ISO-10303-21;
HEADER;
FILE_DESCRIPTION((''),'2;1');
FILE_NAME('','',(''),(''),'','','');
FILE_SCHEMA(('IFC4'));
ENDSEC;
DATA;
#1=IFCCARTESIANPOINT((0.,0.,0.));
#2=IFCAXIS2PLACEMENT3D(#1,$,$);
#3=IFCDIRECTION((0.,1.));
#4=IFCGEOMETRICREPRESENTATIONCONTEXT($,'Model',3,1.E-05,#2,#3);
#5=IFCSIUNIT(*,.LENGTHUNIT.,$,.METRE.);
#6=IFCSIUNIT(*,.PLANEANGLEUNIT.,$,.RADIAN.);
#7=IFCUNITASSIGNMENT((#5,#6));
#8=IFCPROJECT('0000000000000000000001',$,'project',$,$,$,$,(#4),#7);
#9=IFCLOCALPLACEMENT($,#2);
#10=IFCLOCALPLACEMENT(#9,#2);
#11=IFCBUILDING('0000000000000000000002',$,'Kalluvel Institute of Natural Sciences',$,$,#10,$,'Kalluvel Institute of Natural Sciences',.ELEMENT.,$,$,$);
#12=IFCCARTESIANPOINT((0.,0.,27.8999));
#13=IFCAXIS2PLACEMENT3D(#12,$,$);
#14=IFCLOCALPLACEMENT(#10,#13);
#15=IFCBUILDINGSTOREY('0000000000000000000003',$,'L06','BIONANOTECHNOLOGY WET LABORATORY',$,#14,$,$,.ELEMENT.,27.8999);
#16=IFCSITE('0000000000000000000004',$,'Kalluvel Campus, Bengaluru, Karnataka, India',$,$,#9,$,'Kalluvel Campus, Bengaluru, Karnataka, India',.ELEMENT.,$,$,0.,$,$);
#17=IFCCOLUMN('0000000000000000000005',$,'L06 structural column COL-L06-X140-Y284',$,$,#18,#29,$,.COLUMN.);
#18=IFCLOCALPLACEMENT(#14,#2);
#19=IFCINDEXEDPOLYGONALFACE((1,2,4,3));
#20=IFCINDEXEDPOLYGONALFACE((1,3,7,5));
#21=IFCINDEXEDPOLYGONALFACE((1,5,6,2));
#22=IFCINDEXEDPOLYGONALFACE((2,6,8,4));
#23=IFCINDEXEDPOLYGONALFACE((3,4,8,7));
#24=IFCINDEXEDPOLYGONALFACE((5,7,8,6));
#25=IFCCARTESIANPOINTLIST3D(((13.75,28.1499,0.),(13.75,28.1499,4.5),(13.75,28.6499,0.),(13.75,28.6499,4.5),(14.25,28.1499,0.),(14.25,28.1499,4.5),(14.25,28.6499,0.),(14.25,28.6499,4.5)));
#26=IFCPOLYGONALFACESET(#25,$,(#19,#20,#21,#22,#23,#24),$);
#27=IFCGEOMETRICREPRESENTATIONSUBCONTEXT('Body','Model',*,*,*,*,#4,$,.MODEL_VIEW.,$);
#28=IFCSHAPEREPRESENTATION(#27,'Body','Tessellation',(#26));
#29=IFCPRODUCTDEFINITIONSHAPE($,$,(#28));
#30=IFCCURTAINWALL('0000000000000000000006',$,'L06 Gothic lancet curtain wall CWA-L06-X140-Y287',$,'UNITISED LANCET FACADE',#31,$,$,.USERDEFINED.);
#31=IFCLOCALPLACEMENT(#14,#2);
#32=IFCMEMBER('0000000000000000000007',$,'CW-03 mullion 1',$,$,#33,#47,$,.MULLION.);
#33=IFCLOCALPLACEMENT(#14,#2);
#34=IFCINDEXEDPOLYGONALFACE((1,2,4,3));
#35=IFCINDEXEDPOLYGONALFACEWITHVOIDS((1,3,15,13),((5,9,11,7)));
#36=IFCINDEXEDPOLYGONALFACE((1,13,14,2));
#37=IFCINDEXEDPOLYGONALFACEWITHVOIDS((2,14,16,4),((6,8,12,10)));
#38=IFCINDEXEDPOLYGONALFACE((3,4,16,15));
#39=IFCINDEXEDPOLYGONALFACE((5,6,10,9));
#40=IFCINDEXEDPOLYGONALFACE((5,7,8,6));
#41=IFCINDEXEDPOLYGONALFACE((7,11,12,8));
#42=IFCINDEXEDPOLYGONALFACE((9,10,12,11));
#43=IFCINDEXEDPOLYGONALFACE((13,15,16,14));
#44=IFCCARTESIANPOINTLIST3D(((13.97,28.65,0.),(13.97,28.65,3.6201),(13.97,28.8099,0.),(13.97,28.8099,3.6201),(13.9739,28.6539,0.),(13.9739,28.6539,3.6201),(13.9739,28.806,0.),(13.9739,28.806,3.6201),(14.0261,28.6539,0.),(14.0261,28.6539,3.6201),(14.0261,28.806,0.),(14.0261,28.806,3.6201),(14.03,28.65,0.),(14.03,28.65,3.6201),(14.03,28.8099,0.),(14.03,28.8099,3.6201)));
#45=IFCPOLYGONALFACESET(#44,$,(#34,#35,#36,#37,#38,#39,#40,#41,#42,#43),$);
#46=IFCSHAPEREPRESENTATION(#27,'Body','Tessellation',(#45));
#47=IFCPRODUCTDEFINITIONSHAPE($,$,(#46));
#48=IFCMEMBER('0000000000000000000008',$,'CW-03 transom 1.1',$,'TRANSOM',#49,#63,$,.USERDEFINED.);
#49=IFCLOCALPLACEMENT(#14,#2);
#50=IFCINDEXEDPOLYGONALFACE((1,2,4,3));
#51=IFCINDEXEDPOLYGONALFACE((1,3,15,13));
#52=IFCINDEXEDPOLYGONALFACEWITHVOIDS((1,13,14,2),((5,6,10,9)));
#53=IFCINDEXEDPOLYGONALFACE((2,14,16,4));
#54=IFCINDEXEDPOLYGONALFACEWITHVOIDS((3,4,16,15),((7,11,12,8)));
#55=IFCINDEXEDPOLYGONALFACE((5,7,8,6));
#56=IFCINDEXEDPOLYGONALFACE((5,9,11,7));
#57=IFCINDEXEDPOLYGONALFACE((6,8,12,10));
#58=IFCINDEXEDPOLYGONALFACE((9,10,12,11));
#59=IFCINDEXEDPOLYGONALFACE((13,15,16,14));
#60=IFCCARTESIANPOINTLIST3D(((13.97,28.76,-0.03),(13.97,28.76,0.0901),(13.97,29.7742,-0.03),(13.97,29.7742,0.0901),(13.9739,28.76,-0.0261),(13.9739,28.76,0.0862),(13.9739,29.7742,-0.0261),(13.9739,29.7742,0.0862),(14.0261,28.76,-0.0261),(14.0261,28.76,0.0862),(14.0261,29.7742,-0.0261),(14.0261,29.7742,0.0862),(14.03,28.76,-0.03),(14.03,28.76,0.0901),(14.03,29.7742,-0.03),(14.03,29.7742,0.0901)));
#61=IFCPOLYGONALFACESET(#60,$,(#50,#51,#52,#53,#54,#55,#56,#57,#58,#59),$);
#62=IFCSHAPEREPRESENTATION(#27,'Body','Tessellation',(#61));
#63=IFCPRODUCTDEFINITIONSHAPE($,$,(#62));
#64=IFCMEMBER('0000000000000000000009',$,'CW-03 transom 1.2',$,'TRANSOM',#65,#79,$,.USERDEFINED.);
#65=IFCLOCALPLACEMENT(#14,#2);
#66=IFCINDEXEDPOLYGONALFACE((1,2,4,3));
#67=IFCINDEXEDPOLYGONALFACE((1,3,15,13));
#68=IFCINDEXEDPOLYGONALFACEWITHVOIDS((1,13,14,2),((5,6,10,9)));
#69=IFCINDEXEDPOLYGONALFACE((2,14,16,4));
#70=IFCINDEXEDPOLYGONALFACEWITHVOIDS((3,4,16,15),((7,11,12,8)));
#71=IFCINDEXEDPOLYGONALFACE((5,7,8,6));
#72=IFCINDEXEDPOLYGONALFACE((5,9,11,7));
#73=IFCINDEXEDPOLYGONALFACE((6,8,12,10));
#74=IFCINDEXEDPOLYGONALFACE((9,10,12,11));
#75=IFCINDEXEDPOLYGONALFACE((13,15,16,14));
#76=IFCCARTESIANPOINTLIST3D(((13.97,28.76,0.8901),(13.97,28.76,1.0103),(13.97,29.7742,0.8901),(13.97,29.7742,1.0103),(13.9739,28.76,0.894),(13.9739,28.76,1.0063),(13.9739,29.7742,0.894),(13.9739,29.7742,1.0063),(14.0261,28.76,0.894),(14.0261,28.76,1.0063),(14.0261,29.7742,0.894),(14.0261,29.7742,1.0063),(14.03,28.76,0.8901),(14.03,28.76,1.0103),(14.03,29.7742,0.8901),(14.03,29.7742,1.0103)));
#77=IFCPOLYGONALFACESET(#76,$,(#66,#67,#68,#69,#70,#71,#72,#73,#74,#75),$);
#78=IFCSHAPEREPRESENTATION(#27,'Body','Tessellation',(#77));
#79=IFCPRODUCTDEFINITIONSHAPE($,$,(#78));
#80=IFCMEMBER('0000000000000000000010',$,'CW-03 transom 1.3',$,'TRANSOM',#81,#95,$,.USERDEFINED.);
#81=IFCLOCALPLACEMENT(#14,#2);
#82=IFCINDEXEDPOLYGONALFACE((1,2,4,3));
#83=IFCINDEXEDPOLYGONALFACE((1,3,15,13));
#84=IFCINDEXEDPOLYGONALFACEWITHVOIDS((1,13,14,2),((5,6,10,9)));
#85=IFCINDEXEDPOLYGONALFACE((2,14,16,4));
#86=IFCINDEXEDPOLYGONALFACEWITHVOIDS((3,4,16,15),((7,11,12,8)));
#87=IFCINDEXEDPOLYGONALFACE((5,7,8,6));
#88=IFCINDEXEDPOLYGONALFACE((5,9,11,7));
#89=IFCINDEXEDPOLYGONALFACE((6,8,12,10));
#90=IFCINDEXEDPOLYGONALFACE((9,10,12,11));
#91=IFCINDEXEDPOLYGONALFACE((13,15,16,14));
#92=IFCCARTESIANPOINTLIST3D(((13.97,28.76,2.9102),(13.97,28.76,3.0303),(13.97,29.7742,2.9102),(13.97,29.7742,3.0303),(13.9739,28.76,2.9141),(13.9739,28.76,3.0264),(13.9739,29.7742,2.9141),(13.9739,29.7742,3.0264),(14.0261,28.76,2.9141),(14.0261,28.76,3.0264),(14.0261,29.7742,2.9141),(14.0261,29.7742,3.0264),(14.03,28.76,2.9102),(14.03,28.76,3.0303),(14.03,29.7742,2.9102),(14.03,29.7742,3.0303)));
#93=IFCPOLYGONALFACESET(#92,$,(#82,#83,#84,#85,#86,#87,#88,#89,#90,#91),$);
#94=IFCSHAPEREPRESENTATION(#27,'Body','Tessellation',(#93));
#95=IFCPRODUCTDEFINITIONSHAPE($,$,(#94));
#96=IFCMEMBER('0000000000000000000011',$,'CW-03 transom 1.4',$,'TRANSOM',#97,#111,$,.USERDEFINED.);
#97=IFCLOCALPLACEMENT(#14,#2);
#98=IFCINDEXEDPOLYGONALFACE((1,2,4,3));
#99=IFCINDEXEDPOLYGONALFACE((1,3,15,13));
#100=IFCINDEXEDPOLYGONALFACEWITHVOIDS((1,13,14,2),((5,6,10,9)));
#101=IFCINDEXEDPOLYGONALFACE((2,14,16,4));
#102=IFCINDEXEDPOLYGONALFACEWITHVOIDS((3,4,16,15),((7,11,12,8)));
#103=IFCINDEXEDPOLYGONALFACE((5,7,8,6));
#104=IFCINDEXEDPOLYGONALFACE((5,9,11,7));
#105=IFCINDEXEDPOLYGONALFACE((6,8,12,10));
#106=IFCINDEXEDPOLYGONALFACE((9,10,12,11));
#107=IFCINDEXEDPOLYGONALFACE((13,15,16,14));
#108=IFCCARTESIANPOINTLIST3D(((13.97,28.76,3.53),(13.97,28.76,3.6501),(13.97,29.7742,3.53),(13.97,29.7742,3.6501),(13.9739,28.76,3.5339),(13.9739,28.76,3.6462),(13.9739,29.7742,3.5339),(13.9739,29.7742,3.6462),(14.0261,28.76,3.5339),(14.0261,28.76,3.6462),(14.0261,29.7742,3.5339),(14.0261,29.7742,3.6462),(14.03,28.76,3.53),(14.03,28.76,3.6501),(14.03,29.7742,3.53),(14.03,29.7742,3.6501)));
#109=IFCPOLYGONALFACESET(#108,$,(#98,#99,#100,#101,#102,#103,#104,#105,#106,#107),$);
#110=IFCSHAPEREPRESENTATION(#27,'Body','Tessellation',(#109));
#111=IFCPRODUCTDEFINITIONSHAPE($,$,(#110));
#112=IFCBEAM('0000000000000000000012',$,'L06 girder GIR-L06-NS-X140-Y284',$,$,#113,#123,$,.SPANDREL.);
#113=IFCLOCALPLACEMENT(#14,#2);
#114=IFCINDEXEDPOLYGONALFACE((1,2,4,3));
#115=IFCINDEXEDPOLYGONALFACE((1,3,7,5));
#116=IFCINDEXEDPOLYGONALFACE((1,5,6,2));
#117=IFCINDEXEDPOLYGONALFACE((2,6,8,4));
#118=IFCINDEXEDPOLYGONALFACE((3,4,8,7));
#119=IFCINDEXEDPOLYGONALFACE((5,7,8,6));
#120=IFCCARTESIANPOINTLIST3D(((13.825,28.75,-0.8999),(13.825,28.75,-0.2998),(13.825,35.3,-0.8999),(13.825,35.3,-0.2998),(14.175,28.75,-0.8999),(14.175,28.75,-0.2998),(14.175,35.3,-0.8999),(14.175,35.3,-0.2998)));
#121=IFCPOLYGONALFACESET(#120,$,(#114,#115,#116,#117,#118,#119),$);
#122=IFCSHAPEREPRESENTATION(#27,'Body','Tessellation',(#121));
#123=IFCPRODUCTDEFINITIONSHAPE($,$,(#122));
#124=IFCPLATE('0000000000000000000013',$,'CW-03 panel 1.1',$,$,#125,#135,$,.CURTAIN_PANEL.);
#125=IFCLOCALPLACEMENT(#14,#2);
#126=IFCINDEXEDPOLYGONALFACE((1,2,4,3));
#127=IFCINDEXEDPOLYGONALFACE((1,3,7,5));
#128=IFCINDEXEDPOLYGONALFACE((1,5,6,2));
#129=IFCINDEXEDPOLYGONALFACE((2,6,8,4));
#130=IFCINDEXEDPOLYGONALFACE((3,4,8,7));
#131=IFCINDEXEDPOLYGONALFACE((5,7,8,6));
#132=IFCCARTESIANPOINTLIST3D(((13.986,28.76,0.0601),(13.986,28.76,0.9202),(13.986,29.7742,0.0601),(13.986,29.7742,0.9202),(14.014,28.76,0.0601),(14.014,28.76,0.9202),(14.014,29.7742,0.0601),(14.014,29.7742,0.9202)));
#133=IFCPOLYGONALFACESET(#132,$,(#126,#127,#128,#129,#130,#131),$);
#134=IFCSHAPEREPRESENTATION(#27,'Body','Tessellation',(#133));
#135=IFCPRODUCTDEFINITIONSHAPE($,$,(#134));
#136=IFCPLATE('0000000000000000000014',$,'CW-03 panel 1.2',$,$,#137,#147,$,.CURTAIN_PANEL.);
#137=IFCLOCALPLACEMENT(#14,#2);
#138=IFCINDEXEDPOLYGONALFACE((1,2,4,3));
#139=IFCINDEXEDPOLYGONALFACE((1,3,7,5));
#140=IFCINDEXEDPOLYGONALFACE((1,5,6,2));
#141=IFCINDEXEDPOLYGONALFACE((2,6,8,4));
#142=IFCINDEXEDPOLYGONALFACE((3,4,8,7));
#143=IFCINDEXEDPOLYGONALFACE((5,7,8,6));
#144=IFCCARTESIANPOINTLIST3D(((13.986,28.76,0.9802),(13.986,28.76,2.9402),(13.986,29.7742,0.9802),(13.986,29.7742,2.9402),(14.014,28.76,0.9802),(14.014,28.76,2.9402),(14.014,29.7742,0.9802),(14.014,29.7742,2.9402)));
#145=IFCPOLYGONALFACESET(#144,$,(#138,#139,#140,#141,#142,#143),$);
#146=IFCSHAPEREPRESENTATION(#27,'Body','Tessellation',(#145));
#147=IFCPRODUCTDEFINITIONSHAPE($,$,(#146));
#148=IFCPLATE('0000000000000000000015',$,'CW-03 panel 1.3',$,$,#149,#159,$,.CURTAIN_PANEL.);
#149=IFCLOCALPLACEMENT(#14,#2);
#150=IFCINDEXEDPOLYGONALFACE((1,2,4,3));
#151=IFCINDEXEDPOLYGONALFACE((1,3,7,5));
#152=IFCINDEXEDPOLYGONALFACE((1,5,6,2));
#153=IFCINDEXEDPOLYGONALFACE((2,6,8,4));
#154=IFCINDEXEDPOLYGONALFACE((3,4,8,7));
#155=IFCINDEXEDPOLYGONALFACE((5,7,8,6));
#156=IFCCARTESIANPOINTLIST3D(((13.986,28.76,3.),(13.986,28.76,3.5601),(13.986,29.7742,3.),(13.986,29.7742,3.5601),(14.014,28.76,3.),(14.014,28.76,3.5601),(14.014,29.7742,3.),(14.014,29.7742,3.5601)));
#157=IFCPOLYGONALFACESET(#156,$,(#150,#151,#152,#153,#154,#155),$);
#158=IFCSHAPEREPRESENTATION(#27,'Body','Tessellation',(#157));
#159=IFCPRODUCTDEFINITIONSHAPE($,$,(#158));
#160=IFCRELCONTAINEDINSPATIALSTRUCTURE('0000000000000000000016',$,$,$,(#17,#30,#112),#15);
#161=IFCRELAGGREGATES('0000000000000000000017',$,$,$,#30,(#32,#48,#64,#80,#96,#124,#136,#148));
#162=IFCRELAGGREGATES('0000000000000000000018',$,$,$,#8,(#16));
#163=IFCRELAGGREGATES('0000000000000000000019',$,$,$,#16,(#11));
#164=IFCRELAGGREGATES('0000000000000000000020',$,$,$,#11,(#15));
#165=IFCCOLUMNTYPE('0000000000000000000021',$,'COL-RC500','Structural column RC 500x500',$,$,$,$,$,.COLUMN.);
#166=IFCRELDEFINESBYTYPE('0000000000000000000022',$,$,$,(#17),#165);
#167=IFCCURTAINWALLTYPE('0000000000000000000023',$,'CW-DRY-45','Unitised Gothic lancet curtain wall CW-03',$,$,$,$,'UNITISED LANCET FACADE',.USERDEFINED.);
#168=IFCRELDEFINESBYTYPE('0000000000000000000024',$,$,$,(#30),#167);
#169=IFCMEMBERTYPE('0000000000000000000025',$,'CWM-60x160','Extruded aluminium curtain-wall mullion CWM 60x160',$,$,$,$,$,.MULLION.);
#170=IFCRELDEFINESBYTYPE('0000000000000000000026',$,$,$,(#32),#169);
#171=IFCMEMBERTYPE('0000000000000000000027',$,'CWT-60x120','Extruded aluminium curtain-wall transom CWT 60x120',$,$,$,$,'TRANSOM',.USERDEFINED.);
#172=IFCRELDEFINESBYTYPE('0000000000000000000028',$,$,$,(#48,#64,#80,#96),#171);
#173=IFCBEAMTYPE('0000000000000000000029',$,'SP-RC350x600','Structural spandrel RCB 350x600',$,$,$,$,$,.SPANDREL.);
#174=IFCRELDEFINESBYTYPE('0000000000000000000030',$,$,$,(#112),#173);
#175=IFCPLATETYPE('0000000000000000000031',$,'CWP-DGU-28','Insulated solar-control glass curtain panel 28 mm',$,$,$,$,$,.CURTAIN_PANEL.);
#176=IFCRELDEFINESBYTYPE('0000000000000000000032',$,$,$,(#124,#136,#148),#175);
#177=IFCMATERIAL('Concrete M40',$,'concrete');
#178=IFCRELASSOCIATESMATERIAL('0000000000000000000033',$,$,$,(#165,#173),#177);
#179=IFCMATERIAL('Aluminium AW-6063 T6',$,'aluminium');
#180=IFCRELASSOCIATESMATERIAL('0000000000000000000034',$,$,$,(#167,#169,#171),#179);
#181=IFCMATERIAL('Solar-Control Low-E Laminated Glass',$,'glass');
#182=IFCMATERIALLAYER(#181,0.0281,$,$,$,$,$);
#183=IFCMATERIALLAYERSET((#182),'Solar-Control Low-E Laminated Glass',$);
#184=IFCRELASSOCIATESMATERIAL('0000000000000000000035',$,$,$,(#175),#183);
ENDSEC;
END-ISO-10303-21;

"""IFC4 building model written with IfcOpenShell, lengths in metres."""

from ifc_helpers import new_model, si_unit, direction, frame, origin, origin_2d, place, context, subcontext, project, spatial, rectangle, hollow_rectangle, extrude, material, layer, layer_set, material_profile, profile_set, type_object, element, aggregate, save


model = new_model("IFC4")

# Units and contexts
model_context = context("Model", 3, precision=1e-05, world=origin(), true_north=direction((0.0, 1.0)))
body_context = subcontext(model_context, "Body", "Model", "MODEL_VIEW")
ifc_project = project(units=[si_unit("LENGTHUNIT", "METRE"), si_unit("PLANEANGLEUNIT", "RADIAN")], contexts=[model_context])

# Site, building, storey
site_placement = place(None, origin())
site = spatial("IfcSite", under=ifc_project, at=site_placement, Name="Kalluvel Campus, Bengaluru, Karnataka, India", LongName="Kalluvel Campus, Bengaluru, Karnataka, India", CompositionType="ELEMENT", RefElevation=0.0)
building_placement = place(site_placement, origin())
building = spatial("IfcBuilding", under=site, at=building_placement, Name="Kalluvel Institute of Natural Sciences", LongName="Kalluvel Institute of Natural Sciences", CompositionType="ELEMENT")
storey_placement = place(building_placement, frame((0.0, 0.0, 27.8999)))
storey = spatial("IfcBuildingStorey", under=building, at=storey_placement, Name="L06", Description="BIONANOTECHNOLOGY WET LABORATORY", CompositionType="ELEMENT", Elevation=27.8999)

# Column
ifc_material_1 = material(Name="Concrete M40", Category="concrete")
ifc_material_profile_1 = material_profile(ifc_material_1, rectangle(XDim=0.5, YDim=0.5, at=origin_2d()), Name="RC 500x500")
ifc_profile_set_1 = profile_set([ifc_material_profile_1], Name="Concrete M40")
column_type = type_object("IfcColumnType", Name="COL-RC500", Description="Structural column RC 500x500", PredefinedType="COLUMN", material=ifc_profile_set_1)
column_placement = place(storey_placement, frame((14.0, 28.3999, 0.0), z_axis=(0.0, 0.0, 1.0), x_axis=(1.0, 0.0, 0.0)))
element("IfcColumn", 1, at=column_placement, inside=storey, type_object=column_type, Name="L06 structural column COL-L06-X140-Y284", PredefinedType="COLUMN", context=body_context, shape_type="SweptSolid", body=[
    extrude(rectangle(XDim=0.5, YDim=0.5, at=origin_2d()), origin(), (0.0, 0.0, 1.0), 4.5),
])

# Curtain wall, members
ifc_material_2 = material(Name="Aluminium AW-6063 T6", Category="aluminium")
curtain_wall_type = type_object("IfcCurtainWallType", Name="CW-DRY-45", Description="Unitised Gothic lancet curtain wall CW-03", ElementType="UNITISED LANCET FACADE", PredefinedType="USERDEFINED", material=ifc_material_2)
curtain_wall_placement = place(storey_placement, origin())
curtain_wall = element("IfcCurtainWall", 2, at=curtain_wall_placement, inside=storey, type_object=curtain_wall_type, Name="L06 Gothic lancet curtain wall CWA-L06-X140-Y287", ObjectType="UNITISED LANCET FACADE", PredefinedType="USERDEFINED")
ifc_material_profile_2 = material_profile(ifc_material_2, hollow_rectangle(XDim=0.0601, YDim=0.1599, WallThickness=0.0039, at=origin_2d()), Name="CWM 60x160")
ifc_profile_set_2 = profile_set([ifc_material_profile_2], Name="Aluminium AW-6063 T6")
member_type_1 = type_object("IfcMemberType", Name="CWM-60x160", Description="Extruded aluminium curtain-wall mullion CWM 60x160", PredefinedType="MULLION", material=ifc_profile_set_2)
member_1_placement = place(storey_placement, frame((14.0, 28.73, 0.0), z_axis=(0.0, 0.0, 1.0), x_axis=(-1.0, 0.0, 0.0)))
member_1 = element("IfcMember", 3, at=member_1_placement, type_object=member_type_1, Name="CW-03 mullion 1", PredefinedType="MULLION", context=body_context, shape_type="SweptSolid", body=[
    extrude(hollow_rectangle(XDim=0.0601, YDim=0.1599, WallThickness=0.0039, at=origin_2d()), origin(), (0.0, 0.0, 1.0), 3.6201),
])
ifc_material_profile_3 = material_profile(ifc_material_2, hollow_rectangle(XDim=0.0601, YDim=0.1201, WallThickness=0.0039, at=origin_2d()), Name="CWT 60x120")
ifc_profile_set_3 = profile_set([ifc_material_profile_3], Name="Aluminium AW-6063 T6")
member_type_2 = type_object("IfcMemberType", Name="CWT-60x120", Description="Extruded aluminium curtain-wall transom CWT 60x120", ElementType="TRANSOM", PredefinedType="USERDEFINED", material=ifc_profile_set_3)
member_2_placement = place(storey_placement, frame((14.0, 28.76, 0.03), z_axis=(0.0, 1.0, 0.0), x_axis=(-1.0, 0.0, 0.0)))
member_2 = element("IfcMember", 4, at=member_2_placement, type_object=member_type_2, Name="CW-03 transom 1.1", ObjectType="TRANSOM", PredefinedType="USERDEFINED", context=body_context, shape_type="SweptSolid", body=[
    extrude(hollow_rectangle(XDim=0.0601, YDim=0.1201, WallThickness=0.0039, at=origin_2d()), origin(), (0.0, 0.0, 1.0), 1.0142),
])
member_3_placement = place(storey_placement, frame((14.0, 28.76, 0.9502), z_axis=(0.0, 1.0, 0.0), x_axis=(-1.0, 0.0, 0.0)))
member_3 = element("IfcMember", 5, at=member_3_placement, type_object=member_type_2, Name="CW-03 transom 1.2", ObjectType="TRANSOM", PredefinedType="USERDEFINED", context=body_context, shape_type="SweptSolid", body=[
    extrude(hollow_rectangle(XDim=0.0601, YDim=0.1201, WallThickness=0.0039, at=origin_2d()), origin(), (0.0, 0.0, 1.0), 1.0142),
])
member_4_placement = place(storey_placement, frame((14.0, 28.76, 2.9702), z_axis=(0.0, 1.0, 0.0), x_axis=(-1.0, 0.0, 0.0)))
member_4 = element("IfcMember", 6, at=member_4_placement, type_object=member_type_2, Name="CW-03 transom 1.3", ObjectType="TRANSOM", PredefinedType="USERDEFINED", context=body_context, shape_type="SweptSolid", body=[
    extrude(hollow_rectangle(XDim=0.0601, YDim=0.1201, WallThickness=0.0039, at=origin_2d()), origin(), (0.0, 0.0, 1.0), 1.0142),
])
member_5_placement = place(storey_placement, frame((14.0, 28.76, 3.5901), z_axis=(0.0, 1.0, 0.0), x_axis=(-1.0, 0.0, 0.0)))
member_5 = element("IfcMember", 7, at=member_5_placement, type_object=member_type_2, Name="CW-03 transom 1.4", ObjectType="TRANSOM", PredefinedType="USERDEFINED", context=body_context, shape_type="SweptSolid", body=[
    extrude(hollow_rectangle(XDim=0.0601, YDim=0.1201, WallThickness=0.0039, at=origin_2d()), origin(), (0.0, 0.0, 1.0), 1.0142),
])

# Beam
ifc_material_profile_4 = material_profile(ifc_material_1, rectangle(XDim=0.3501, YDim=0.6001, at=origin_2d()), Name="RCB 350x600")
ifc_profile_set_4 = profile_set([ifc_material_profile_4], Name="Concrete M40")
beam_type = type_object("IfcBeamType", Name="SP-RC350x600", Description="Structural spandrel RCB 350x600", PredefinedType="SPANDREL", material=ifc_profile_set_4)
beam_placement = place(storey_placement, frame((14.0, 28.75, -0.5999), z_axis=(0.0, 1.0, 0.0), x_axis=(-1.0, 0.0, 0.0)))
element("IfcBeam", 8, at=beam_placement, inside=storey, type_object=beam_type, Name="L06 girder GIR-L06-NS-X140-Y284", PredefinedType="SPANDREL", context=body_context, shape_type="SweptSolid", body=[
    extrude(rectangle(XDim=0.3501, YDim=0.6001, at=origin_2d()), origin(), (0.0, 0.0, 1.0), 6.55),
])

# Plates
ifc_material_3 = material(Name="Solar-Control Low-E Laminated Glass", Category="glass")
ifc_layer_1 = layer(ifc_material_3, 0.0281)
ifc_layer_set_1 = layer_set([ifc_layer_1], Name="Solar-Control Low-E Laminated Glass")
plate_type = type_object("IfcPlateType", Name="CWP-DGU-28", Description="Insulated solar-control glass curtain panel 28 mm", PredefinedType="CURTAIN_PANEL", material=ifc_layer_set_1)
plate_1_placement = place(storey_placement, frame((14.0, 29.2671, 0.0601), z_axis=(0.0, 0.0, 1.0), x_axis=(0.0, 1.0, 0.0)))
plate_1 = element("IfcPlate", 9, at=plate_1_placement, type_object=plate_type, Name="CW-03 panel 1.1", PredefinedType="CURTAIN_PANEL", context=body_context, shape_type="SweptSolid", body=[
    extrude(rectangle(XDim=1.0142, YDim=0.0281, at=origin_2d()), origin(), (0.0, 0.0, 1.0), 0.8601),
])
plate_2_placement = place(storey_placement, frame((14.0, 29.2671, 0.9802), z_axis=(0.0, 0.0, 1.0), x_axis=(0.0, 1.0, 0.0)))
plate_2 = element("IfcPlate", 10, at=plate_2_placement, type_object=plate_type, Name="CW-03 panel 1.2", PredefinedType="CURTAIN_PANEL", context=body_context, shape_type="SweptSolid", body=[
    extrude(rectangle(XDim=1.0142, YDim=0.0281, at=origin_2d()), origin(), (0.0, 0.0, 1.0), 1.96),
])
plate_3_placement = place(storey_placement, frame((14.0, 29.2671, 3.0), z_axis=(0.0, 0.0, 1.0), x_axis=(0.0, 1.0, 0.0)))
plate_3 = element("IfcPlate", 11, at=plate_3_placement, type_object=plate_type, Name="CW-03 panel 1.3", PredefinedType="CURTAIN_PANEL", context=body_context, shape_type="SweptSolid", body=[
    extrude(rectangle(XDim=1.0142, YDim=0.0281, at=origin_2d()), origin(), (0.0, 0.0, 1.0), 0.5601),
])
aggregate(curtain_wall, [member_1, member_2, member_3, member_4, member_5, plate_1, plate_2, plate_3])

save(model, "model.ifc")
